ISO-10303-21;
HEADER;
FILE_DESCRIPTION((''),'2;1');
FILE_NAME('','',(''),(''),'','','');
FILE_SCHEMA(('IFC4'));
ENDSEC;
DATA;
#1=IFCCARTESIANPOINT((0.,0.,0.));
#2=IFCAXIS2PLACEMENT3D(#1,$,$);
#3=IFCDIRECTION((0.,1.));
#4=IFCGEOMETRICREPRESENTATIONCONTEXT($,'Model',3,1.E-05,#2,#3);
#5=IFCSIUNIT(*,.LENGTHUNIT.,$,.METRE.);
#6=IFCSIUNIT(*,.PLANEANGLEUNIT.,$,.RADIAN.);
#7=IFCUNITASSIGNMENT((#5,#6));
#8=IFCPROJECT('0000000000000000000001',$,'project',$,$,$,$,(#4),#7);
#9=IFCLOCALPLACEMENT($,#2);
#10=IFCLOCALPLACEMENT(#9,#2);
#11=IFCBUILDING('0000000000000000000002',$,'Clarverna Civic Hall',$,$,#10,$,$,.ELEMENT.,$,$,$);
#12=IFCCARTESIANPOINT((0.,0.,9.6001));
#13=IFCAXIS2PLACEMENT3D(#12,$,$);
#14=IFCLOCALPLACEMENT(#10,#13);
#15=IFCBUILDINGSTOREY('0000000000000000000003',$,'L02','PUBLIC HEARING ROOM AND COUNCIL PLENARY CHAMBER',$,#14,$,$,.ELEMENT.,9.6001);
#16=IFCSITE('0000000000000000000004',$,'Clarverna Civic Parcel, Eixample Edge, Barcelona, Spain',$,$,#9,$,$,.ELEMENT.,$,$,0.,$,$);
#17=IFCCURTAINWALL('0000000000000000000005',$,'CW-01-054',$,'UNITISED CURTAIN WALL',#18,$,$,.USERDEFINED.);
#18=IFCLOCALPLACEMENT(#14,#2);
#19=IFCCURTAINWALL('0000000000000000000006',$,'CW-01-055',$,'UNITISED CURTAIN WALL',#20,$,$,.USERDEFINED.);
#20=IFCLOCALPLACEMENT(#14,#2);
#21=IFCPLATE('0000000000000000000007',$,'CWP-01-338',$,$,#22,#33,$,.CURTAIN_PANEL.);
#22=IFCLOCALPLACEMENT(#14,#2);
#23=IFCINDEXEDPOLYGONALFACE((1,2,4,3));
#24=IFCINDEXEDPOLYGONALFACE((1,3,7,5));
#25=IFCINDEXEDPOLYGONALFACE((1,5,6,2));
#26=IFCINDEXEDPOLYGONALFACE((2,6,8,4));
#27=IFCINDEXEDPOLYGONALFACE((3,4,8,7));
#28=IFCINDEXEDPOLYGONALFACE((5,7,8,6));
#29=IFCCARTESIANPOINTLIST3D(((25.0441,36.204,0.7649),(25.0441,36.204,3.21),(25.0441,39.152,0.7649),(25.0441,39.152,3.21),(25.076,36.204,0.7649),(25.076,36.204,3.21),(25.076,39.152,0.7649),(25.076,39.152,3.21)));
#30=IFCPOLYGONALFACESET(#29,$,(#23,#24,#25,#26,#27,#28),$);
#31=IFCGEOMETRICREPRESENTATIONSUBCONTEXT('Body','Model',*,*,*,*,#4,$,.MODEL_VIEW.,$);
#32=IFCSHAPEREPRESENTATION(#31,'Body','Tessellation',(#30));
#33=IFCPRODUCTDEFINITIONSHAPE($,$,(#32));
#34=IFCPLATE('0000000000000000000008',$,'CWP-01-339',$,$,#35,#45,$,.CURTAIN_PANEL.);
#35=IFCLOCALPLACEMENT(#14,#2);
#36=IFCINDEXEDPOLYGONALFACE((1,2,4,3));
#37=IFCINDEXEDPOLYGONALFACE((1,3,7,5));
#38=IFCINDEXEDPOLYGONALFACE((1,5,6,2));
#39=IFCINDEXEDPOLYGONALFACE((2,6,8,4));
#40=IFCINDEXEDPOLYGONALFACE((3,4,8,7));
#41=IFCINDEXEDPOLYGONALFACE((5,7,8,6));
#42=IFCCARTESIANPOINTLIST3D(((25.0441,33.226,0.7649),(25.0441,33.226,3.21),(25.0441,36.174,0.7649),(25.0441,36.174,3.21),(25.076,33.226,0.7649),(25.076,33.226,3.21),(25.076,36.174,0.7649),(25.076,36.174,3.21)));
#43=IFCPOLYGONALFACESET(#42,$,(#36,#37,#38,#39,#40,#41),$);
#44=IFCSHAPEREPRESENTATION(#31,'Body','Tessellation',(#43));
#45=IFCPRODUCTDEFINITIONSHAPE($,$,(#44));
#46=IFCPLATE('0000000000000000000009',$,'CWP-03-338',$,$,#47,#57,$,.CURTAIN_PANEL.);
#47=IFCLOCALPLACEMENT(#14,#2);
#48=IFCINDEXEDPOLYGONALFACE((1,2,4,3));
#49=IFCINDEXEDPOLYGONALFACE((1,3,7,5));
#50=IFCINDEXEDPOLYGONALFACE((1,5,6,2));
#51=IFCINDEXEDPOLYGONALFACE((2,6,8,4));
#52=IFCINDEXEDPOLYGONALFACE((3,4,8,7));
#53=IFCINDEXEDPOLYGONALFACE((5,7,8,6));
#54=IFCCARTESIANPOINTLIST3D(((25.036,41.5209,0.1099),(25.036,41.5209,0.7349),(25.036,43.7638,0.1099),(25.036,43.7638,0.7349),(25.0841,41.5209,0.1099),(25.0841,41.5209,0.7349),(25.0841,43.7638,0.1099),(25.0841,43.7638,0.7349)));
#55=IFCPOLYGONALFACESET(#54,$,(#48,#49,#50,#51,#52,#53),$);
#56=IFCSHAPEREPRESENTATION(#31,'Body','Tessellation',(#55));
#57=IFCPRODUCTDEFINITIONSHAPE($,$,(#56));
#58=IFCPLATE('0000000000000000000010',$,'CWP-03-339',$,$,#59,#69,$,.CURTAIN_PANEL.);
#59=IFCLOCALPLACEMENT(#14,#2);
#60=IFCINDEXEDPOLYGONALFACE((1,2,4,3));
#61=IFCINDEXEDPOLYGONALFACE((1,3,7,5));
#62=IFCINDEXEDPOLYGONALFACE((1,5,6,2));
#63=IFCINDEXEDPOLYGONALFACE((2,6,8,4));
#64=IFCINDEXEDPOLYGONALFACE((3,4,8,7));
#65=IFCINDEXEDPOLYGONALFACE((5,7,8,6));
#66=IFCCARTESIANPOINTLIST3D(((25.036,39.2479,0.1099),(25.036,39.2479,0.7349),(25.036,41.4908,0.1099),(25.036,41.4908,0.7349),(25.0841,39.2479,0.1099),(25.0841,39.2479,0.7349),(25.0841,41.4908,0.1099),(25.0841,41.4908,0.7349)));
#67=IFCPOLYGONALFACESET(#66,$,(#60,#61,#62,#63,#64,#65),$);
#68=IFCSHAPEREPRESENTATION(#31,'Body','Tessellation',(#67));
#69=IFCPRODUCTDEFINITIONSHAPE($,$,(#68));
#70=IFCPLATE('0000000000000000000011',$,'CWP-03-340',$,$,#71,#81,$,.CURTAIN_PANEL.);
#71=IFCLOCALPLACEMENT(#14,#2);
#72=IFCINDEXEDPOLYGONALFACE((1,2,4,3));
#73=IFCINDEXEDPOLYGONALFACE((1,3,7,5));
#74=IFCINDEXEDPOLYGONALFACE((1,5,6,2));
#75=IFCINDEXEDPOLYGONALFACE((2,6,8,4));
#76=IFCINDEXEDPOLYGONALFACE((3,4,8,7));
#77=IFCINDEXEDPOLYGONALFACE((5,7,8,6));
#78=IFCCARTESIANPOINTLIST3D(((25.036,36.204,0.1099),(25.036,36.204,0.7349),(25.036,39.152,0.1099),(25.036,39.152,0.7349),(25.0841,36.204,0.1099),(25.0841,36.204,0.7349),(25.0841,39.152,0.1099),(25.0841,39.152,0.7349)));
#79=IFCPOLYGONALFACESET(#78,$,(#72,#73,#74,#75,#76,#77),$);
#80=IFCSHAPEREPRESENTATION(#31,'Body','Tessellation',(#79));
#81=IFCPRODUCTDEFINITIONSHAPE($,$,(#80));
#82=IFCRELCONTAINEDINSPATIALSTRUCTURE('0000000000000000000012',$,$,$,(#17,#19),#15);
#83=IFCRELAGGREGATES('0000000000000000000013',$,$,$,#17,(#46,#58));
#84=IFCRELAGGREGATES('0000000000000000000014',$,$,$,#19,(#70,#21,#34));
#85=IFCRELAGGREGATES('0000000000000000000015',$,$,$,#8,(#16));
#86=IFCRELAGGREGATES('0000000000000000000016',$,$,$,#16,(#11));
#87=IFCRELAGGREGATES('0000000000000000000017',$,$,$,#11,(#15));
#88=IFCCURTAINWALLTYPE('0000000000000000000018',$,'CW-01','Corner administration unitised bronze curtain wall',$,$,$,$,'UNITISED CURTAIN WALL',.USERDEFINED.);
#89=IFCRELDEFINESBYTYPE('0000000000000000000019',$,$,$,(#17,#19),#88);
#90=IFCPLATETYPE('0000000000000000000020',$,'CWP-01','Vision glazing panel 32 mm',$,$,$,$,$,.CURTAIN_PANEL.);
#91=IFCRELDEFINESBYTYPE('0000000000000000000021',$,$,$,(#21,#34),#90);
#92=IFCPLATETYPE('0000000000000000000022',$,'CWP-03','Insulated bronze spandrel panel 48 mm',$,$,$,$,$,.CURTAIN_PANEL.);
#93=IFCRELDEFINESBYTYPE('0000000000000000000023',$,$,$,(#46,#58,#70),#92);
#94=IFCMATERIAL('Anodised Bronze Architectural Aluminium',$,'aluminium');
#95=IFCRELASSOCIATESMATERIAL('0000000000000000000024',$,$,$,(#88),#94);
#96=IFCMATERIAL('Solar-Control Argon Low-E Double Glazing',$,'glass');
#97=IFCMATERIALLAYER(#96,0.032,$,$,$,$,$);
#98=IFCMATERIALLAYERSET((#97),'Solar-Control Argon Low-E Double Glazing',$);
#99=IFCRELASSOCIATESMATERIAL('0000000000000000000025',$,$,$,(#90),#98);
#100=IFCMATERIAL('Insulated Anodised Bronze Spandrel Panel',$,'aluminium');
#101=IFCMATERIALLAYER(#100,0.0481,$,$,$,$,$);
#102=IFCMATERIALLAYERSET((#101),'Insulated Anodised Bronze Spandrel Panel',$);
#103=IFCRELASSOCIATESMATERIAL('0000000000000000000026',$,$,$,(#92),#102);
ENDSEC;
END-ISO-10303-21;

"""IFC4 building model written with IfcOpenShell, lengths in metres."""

from ifc_helpers import new_model, si_unit, direction, frame, frame_2d, origin, place, context, subcontext, project, spatial, rectangle, extrude, material, layer, layer_set, type_object, element, aggregate, save


model = new_model("IFC4")

# Units and contexts
model_context = context("Model", 3, precision=1e-05, world=origin(), true_north=direction((0.0, 1.0)))
body_context = subcontext(model_context, "Body", "Model", "MODEL_VIEW")
ifc_project = project(units=[si_unit("LENGTHUNIT", "METRE"), si_unit("PLANEANGLEUNIT", "RADIAN")], contexts=[model_context])

# Site, building, storey
site_placement = place(None, origin())
site = spatial("IfcSite", under=ifc_project, at=site_placement, Name="Clarverna Civic Parcel, Eixample Edge, Barcelona, Spain", CompositionType="ELEMENT", RefElevation=0.0)
building_placement = place(site_placement, origin())
building = spatial("IfcBuilding", under=site, at=building_placement, Name="Clarverna Civic Hall", CompositionType="ELEMENT")
storey_placement = place(building_placement, frame((0.0, 0.0, 9.6001)))
storey = spatial("IfcBuildingStorey", under=building, at=storey_placement, Name="L02", Description="PUBLIC HEARING ROOM AND COUNCIL PLENARY CHAMBER", CompositionType="ELEMENT", Elevation=9.6001)

# Curtain walls
ifc_material_1 = material(Name="Anodised Bronze Architectural Aluminium", Category="aluminium")
curtain_wall_type = type_object("IfcCurtainWallType", Name="CW-01", Description="Corner administration unitised bronze curtain wall", ElementType="UNITISED CURTAIN WALL", PredefinedType="USERDEFINED", material=ifc_material_1)
curtain_wall_1_placement = place(storey_placement, origin())
curtain_wall_1 = element("IfcCurtainWall", 1, at=curtain_wall_1_placement, inside=storey, type_object=curtain_wall_type, Name="CW-01-054", ObjectType="UNITISED CURTAIN WALL", PredefinedType="USERDEFINED")
curtain_wall_2_placement = place(storey_placement, origin())
curtain_wall_2 = element("IfcCurtainWall", 2, at=curtain_wall_2_placement, inside=storey, type_object=curtain_wall_type, Name="CW-01-055", ObjectType="UNITISED CURTAIN WALL", PredefinedType="USERDEFINED")

# Plates
ifc_material_2 = material(Name="Solar-Control Argon Low-E Double Glazing", Category="glass")
ifc_layer_1 = layer(ifc_material_2, 0.032)
ifc_layer_set_1 = layer_set([ifc_layer_1], Name="Solar-Control Argon Low-E Double Glazing")
plate_type_1 = type_object("IfcPlateType", Name="CWP-01", Description="Vision glazing panel 32 mm", PredefinedType="CURTAIN_PANEL", material=ifc_layer_set_1)
plate_1_placement = place(storey_placement, frame((25.0601, 39.1521, 0.7649), z_axis=(0.0, 0.0, 1.0), x_axis=(0.0, -1.0, 0.0)))
plate_1 = element("IfcPlate", 3, at=plate_1_placement, type_object=plate_type_1, Name="CWP-01-338", PredefinedType="CURTAIN_PANEL", context=body_context, shape_type="SweptSolid", body=[
    extrude(rectangle(XDim=2.948, YDim=0.032, at=frame_2d((1.4741, 0.0))), origin(), (0.0, 0.0, 1.0), 2.4451),
])
plate_2_placement = place(storey_placement, frame((25.0601, 36.1741, 0.7649), z_axis=(0.0, 0.0, 1.0), x_axis=(0.0, -1.0, 0.0)))
plate_2 = element("IfcPlate", 4, at=plate_2_placement, type_object=plate_type_1, Name="CWP-01-339", PredefinedType="CURTAIN_PANEL", context=body_context, shape_type="SweptSolid", body=[
    extrude(rectangle(XDim=2.948, YDim=0.032, at=frame_2d((1.4741, 0.0))), origin(), (0.0, 0.0, 1.0), 2.4451),
])
ifc_material_3 = material(Name="Insulated Anodised Bronze Spandrel Panel", Category="aluminium")
ifc_layer_2 = layer(ifc_material_3, 0.0481)
ifc_layer_set_2 = layer_set([ifc_layer_2], Name="Insulated Anodised Bronze Spandrel Panel")
plate_type_2 = type_object("IfcPlateType", Name="CWP-03", Description="Insulated bronze spandrel panel 48 mm", PredefinedType="CURTAIN_PANEL", material=ifc_layer_set_2)
plate_3_placement = place(storey_placement, frame((25.0601, 43.7639, 0.1099), z_axis=(0.0, 0.0, 1.0), x_axis=(0.0, -1.0, 0.0)))
plate_3 = element("IfcPlate", 5, at=plate_3_placement, type_object=plate_type_2, Name="CWP-03-338", PredefinedType="CURTAIN_PANEL", context=body_context, shape_type="SweptSolid", body=[
    extrude(rectangle(XDim=2.2429, YDim=0.0481, at=frame_2d((1.1216, 0.0))), origin(), (0.0, 0.0, 1.0), 0.625),
])
plate_4_placement = place(storey_placement, frame((25.0601, 41.491, 0.1099), z_axis=(0.0, 0.0, 1.0), x_axis=(0.0, -1.0, 0.0)))
plate_4 = element("IfcPlate", 6, at=plate_4_placement, type_object=plate_type_2, Name="CWP-03-339", PredefinedType="CURTAIN_PANEL", context=body_context, shape_type="SweptSolid", body=[
    extrude(rectangle(XDim=2.2429, YDim=0.0481, at=frame_2d((1.1216, 0.0))), origin(), (0.0, 0.0, 1.0), 0.625),
])
aggregate(curtain_wall_1, [plate_3, plate_4])
plate_5_placement = place(storey_placement, frame((25.0601, 39.1521, 0.1099), z_axis=(0.0, 0.0, 1.0), x_axis=(0.0, -1.0, 0.0)))
plate_5 = element("IfcPlate", 7, at=plate_5_placement, type_object=plate_type_2, Name="CWP-03-340", PredefinedType="CURTAIN_PANEL", context=body_context, shape_type="SweptSolid", body=[
    extrude(rectangle(XDim=2.948, YDim=0.0481, at=frame_2d((1.4741, 0.0))), origin(), (0.0, 0.0, 1.0), 0.625),
])
aggregate(curtain_wall_2, [plate_5, plate_1, plate_2])

save(model, "model.ifc")
